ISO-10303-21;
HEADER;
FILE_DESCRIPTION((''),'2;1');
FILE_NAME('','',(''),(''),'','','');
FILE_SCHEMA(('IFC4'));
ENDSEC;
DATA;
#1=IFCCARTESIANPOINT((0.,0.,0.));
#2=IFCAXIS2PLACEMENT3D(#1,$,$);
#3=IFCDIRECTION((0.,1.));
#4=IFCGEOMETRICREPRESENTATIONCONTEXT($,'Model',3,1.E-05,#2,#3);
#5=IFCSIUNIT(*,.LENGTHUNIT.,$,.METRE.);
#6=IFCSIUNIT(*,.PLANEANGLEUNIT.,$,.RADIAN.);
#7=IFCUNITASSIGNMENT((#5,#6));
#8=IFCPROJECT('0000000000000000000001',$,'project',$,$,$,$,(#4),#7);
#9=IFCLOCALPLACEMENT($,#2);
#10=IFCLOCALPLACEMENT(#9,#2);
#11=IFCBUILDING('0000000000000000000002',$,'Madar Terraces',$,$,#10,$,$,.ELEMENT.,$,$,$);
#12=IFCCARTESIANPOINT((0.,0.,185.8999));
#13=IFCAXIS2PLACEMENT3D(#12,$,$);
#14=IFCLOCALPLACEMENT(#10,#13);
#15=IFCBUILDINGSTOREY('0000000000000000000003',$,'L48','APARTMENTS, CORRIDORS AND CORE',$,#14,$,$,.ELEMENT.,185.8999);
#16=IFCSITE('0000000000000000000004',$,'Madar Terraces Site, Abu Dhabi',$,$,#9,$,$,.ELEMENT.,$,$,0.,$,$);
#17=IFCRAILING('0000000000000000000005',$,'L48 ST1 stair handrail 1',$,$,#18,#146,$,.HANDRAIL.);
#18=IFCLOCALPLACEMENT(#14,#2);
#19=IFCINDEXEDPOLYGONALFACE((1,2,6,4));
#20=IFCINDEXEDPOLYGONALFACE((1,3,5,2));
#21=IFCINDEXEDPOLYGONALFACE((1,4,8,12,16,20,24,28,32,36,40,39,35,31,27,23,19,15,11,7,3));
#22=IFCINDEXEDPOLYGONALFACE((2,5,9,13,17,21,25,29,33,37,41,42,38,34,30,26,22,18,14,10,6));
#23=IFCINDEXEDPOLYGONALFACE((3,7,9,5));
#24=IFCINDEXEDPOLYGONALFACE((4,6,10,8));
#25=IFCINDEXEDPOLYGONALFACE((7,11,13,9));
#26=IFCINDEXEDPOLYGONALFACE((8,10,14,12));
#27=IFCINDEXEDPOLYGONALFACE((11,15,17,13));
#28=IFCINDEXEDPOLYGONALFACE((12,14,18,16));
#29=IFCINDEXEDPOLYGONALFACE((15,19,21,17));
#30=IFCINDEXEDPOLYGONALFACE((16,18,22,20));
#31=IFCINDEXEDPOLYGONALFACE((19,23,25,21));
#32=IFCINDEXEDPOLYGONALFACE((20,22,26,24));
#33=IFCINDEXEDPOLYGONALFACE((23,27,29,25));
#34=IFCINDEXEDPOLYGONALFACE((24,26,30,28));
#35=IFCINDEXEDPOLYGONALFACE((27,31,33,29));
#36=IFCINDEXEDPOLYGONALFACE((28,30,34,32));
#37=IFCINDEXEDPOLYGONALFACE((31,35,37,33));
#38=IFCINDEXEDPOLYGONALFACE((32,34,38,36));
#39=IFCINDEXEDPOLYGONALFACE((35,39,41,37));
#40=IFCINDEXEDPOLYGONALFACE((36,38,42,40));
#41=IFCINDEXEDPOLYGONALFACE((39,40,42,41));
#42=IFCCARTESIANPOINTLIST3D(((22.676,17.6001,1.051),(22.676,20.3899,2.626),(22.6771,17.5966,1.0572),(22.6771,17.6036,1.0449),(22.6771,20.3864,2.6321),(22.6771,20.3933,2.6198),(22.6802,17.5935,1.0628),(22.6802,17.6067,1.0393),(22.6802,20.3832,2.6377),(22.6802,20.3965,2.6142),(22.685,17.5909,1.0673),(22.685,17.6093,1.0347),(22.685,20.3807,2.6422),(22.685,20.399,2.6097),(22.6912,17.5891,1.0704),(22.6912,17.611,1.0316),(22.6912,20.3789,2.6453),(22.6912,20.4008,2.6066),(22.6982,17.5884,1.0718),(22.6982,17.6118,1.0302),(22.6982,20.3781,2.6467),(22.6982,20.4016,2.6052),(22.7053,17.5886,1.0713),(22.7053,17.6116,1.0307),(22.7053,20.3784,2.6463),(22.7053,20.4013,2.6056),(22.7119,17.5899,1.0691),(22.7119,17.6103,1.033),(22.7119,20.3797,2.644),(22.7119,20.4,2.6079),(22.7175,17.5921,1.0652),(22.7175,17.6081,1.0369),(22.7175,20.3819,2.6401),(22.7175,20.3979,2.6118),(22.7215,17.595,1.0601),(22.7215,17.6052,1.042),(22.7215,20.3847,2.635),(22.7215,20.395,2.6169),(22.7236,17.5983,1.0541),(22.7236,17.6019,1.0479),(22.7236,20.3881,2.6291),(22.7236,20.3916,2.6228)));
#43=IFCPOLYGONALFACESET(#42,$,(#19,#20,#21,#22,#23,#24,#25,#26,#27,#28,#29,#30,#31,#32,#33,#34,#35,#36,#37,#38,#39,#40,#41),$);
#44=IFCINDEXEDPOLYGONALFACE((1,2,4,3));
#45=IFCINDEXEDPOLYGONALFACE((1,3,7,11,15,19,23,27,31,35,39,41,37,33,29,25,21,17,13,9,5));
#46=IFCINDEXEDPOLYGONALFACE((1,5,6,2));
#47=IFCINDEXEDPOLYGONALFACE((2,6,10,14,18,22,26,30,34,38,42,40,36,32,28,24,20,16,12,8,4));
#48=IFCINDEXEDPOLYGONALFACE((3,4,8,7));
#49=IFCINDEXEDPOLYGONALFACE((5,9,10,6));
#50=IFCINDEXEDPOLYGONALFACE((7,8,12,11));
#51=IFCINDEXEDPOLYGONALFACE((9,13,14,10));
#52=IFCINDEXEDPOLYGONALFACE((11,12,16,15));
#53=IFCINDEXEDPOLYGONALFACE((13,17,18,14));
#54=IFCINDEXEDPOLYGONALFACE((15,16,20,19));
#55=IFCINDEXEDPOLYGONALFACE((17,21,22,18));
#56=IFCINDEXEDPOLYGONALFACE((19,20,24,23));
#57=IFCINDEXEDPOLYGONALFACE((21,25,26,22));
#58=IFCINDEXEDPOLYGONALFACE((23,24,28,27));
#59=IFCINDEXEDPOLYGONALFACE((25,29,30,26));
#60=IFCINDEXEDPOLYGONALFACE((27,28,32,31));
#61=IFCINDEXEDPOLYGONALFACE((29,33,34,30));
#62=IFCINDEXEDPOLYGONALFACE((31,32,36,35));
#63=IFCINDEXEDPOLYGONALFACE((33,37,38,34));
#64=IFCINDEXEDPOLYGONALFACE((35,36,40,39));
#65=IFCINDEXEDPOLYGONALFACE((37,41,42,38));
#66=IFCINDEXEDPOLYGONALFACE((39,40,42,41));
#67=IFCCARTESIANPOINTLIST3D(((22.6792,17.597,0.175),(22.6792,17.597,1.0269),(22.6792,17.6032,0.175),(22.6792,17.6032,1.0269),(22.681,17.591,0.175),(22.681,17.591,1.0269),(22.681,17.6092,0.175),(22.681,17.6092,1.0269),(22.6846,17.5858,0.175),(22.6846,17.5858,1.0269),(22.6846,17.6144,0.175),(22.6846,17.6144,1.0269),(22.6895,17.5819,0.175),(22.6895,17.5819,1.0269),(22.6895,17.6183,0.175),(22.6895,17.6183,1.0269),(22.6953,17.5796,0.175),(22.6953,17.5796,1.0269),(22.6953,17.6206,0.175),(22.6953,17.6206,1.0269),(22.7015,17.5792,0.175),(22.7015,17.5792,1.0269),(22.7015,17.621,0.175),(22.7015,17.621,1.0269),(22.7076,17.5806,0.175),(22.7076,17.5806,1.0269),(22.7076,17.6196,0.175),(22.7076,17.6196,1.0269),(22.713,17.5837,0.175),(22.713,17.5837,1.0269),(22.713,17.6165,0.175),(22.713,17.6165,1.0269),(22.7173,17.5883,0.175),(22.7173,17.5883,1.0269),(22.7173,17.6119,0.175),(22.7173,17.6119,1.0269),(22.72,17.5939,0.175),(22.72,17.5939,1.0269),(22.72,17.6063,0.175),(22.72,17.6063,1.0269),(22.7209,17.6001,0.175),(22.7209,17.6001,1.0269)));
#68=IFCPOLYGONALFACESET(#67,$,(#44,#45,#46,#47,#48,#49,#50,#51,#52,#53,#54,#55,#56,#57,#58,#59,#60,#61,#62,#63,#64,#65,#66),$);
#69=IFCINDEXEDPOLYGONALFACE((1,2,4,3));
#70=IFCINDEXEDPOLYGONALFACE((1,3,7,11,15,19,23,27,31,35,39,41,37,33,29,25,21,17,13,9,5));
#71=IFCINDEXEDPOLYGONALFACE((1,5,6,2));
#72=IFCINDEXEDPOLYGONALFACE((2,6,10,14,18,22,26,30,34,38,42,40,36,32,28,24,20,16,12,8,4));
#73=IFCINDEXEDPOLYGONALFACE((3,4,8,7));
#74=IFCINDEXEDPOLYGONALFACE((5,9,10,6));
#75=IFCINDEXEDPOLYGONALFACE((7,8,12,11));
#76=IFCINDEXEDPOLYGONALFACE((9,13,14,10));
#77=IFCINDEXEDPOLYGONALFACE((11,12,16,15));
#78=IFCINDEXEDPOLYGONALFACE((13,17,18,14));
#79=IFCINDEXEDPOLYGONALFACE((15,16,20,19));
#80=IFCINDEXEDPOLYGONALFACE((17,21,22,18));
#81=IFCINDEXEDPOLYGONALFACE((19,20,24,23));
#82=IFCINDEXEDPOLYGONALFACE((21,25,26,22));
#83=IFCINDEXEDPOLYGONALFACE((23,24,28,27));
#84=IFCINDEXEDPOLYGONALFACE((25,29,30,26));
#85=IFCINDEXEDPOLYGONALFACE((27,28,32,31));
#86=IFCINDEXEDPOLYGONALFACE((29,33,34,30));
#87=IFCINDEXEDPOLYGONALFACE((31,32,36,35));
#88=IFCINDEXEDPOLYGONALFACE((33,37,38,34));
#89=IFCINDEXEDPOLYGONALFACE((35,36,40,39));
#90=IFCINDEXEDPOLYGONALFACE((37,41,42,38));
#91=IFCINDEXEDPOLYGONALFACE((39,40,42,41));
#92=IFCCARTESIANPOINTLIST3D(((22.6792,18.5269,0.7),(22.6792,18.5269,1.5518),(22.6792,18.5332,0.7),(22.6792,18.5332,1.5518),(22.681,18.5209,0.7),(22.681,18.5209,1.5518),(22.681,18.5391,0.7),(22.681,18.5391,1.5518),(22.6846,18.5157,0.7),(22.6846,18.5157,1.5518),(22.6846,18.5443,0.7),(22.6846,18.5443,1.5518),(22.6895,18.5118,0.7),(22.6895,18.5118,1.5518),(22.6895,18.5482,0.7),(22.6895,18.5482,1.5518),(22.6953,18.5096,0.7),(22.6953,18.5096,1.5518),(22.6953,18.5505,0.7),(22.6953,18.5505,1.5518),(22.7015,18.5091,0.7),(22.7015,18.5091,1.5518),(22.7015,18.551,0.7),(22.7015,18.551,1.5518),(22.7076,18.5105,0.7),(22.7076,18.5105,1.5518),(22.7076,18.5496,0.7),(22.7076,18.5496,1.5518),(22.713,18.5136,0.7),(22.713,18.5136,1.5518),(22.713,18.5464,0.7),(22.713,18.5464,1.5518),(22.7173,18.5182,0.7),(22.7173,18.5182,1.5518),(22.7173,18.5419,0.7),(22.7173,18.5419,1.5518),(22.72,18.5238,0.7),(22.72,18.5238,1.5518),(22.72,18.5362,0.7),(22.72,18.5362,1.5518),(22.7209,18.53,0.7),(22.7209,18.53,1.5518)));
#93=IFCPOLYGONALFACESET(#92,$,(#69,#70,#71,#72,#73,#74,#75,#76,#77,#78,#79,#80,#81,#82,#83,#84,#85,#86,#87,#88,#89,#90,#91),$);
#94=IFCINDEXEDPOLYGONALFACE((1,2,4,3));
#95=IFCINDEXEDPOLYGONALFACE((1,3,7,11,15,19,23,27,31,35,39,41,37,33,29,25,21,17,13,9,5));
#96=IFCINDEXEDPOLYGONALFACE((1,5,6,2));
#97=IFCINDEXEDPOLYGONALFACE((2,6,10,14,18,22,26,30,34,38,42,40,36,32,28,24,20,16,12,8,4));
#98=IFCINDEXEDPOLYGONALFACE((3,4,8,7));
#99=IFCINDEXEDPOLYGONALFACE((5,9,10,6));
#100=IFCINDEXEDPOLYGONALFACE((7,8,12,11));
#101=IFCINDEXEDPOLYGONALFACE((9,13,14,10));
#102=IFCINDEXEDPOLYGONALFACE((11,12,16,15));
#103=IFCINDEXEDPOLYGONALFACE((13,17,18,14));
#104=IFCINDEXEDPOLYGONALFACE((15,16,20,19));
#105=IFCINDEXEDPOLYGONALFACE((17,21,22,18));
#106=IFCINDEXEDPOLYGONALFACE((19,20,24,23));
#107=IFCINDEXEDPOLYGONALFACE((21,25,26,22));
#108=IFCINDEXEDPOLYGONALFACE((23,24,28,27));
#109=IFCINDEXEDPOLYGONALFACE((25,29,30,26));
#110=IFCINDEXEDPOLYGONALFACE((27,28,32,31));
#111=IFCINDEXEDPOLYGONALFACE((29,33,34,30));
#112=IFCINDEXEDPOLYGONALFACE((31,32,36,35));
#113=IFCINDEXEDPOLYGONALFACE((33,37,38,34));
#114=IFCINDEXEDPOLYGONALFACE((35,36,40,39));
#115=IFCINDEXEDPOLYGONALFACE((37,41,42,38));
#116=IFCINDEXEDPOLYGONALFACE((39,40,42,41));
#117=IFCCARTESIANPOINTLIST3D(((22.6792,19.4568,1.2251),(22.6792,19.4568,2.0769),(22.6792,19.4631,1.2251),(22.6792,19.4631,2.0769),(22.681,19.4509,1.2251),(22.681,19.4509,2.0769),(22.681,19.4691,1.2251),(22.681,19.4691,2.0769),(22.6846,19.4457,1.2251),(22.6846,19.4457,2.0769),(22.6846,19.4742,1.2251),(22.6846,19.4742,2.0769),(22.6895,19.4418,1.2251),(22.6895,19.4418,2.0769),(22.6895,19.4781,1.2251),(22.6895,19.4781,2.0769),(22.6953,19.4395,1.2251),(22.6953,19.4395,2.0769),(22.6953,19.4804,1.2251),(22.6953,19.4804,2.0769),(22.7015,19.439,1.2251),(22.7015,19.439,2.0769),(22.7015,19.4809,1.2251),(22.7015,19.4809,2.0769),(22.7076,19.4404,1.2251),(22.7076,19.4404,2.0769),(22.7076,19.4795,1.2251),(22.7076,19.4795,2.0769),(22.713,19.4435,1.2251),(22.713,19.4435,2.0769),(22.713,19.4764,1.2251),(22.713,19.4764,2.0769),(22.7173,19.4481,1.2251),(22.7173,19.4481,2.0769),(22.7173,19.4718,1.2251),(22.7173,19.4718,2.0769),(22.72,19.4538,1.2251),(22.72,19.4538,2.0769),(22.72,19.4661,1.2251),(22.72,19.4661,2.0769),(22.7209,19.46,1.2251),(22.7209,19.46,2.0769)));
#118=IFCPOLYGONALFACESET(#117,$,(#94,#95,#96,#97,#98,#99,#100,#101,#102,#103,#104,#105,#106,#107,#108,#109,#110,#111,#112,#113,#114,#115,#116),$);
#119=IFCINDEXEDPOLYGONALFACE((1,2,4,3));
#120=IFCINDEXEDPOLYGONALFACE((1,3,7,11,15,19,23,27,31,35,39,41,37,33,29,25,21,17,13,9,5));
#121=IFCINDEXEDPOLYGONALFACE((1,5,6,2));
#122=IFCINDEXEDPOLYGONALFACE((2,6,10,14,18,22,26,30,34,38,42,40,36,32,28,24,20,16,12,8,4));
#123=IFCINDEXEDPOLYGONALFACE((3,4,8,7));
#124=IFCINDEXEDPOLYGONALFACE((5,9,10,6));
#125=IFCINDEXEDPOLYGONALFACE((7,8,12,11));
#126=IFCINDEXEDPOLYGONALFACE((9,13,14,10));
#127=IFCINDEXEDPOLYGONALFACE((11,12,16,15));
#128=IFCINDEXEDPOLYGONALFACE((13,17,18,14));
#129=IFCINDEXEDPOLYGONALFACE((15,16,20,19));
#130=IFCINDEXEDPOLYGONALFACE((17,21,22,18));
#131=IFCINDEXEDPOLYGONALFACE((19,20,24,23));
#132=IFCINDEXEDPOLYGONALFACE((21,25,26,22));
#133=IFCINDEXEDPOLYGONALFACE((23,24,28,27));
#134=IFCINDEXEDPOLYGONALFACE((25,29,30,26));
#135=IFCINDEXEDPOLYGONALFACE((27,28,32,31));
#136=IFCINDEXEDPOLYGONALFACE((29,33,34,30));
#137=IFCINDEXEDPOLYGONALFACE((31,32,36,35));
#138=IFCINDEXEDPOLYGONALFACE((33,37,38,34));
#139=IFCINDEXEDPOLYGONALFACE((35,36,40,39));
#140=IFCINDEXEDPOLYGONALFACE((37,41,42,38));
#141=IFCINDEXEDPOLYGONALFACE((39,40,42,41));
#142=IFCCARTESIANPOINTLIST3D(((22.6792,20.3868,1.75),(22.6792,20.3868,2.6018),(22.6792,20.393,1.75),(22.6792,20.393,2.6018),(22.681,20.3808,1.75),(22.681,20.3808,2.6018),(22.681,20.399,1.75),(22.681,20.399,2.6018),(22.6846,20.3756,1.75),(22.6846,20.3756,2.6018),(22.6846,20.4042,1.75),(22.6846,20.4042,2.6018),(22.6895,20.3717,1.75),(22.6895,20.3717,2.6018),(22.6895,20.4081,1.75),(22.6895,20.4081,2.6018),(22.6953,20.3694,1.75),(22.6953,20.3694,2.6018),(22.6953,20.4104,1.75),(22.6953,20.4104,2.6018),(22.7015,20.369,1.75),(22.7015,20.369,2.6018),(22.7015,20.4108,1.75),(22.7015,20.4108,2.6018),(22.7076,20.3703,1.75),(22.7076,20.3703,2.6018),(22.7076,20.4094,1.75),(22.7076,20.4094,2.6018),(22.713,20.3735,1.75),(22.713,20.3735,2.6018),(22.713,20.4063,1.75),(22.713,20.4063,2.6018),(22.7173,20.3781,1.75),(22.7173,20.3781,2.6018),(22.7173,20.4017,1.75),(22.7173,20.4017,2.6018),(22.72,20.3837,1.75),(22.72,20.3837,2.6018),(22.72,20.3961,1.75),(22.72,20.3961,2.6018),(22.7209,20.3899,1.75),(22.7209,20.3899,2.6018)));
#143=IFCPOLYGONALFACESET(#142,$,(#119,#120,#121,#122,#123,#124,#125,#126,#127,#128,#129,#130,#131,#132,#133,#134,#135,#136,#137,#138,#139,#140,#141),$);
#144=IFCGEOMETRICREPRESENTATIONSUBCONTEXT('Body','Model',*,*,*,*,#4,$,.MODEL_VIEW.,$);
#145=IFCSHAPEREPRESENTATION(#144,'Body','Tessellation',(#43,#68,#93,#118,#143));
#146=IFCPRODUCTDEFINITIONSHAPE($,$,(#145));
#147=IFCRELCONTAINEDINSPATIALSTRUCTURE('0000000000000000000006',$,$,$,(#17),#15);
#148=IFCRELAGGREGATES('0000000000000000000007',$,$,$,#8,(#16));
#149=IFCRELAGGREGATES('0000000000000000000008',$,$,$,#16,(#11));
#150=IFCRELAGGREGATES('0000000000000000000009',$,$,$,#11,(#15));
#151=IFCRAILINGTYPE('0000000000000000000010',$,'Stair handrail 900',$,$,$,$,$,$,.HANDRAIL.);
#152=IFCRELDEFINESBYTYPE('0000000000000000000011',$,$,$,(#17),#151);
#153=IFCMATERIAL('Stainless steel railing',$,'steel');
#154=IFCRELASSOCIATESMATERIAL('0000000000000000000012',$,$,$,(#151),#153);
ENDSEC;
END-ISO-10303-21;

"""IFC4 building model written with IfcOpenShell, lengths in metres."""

from ifc_helpers import new_model, si_unit, direction, frame, origin, origin_2d, place, context, subcontext, project, spatial, circle, extrude, material, type_object, element, save


model = new_model("IFC4")

# Units and contexts
model_context = context("Model", 3, precision=1e-05, world=origin(), true_north=direction((0.0, 1.0)))
body_context = subcontext(model_context, "Body", "Model", "MODEL_VIEW")
ifc_project = project(units=[si_unit("LENGTHUNIT", "METRE"), si_unit("PLANEANGLEUNIT", "RADIAN")], contexts=[model_context])

# Site, building, storey
site_placement = place(None, origin())
site = spatial("IfcSite", under=ifc_project, at=site_placement, Name="Madar Terraces Site, Abu Dhabi", CompositionType="ELEMENT", RefElevation=0.0)
building_placement = place(site_placement, origin())
building = spatial("IfcBuilding", under=site, at=building_placement, Name="Madar Terraces", CompositionType="ELEMENT")
storey_placement = place(building_placement, frame((0.0, 0.0, 185.8999)))
storey = spatial("IfcBuildingStorey", under=building, at=storey_placement, Name="L48", Description="APARTMENTS, CORRIDORS AND CORE", CompositionType="ELEMENT", Elevation=185.8999)

# Railing
ifc_material_1 = material(Name="Stainless steel railing", Category="steel")
railing_type_1 = type_object("IfcRailingType", Name="Stair handrail 900", PredefinedType="HANDRAIL", material=ifc_material_1)
railing_1_placement = place(storey_placement, frame((22.7, 17.6001, 0.175)))
element("IfcRailing", 1, at=railing_1_placement, inside=storey, type_object=railing_type_1, Name="L48 ST1 stair handrail 1", PredefinedType="HANDRAIL", context=body_context, shape_type="SweptSolid", body=[
    extrude(circle(Radius=0.0239, at=origin_2d()), frame((0.0, 0.0, 0.876), z_axis=(0.0, 0.870815, 0.49161), x_axis=(-1.0, 0.0, 0.0)), (0.0, 0.0, 1.0), 3.2036),
    extrude(circle(Radius=0.021, at=origin_2d()), origin(), (0.0, 0.0, 1.0), 0.8518),
    extrude(circle(Radius=0.021, at=origin_2d()), frame((0.0, 0.9299, 0.5249)), (0.0, 0.0, 1.0), 0.8518),
    extrude(circle(Radius=0.021, at=origin_2d()), frame((0.0, 1.8599, 1.05)), (0.0, 0.0, 1.0), 0.8518),
    extrude(circle(Radius=0.021, at=origin_2d()), frame((0.0, 2.7898, 1.575)), (0.0, 0.0, 1.0), 0.8518),
])

save(model, "model.ifc")
